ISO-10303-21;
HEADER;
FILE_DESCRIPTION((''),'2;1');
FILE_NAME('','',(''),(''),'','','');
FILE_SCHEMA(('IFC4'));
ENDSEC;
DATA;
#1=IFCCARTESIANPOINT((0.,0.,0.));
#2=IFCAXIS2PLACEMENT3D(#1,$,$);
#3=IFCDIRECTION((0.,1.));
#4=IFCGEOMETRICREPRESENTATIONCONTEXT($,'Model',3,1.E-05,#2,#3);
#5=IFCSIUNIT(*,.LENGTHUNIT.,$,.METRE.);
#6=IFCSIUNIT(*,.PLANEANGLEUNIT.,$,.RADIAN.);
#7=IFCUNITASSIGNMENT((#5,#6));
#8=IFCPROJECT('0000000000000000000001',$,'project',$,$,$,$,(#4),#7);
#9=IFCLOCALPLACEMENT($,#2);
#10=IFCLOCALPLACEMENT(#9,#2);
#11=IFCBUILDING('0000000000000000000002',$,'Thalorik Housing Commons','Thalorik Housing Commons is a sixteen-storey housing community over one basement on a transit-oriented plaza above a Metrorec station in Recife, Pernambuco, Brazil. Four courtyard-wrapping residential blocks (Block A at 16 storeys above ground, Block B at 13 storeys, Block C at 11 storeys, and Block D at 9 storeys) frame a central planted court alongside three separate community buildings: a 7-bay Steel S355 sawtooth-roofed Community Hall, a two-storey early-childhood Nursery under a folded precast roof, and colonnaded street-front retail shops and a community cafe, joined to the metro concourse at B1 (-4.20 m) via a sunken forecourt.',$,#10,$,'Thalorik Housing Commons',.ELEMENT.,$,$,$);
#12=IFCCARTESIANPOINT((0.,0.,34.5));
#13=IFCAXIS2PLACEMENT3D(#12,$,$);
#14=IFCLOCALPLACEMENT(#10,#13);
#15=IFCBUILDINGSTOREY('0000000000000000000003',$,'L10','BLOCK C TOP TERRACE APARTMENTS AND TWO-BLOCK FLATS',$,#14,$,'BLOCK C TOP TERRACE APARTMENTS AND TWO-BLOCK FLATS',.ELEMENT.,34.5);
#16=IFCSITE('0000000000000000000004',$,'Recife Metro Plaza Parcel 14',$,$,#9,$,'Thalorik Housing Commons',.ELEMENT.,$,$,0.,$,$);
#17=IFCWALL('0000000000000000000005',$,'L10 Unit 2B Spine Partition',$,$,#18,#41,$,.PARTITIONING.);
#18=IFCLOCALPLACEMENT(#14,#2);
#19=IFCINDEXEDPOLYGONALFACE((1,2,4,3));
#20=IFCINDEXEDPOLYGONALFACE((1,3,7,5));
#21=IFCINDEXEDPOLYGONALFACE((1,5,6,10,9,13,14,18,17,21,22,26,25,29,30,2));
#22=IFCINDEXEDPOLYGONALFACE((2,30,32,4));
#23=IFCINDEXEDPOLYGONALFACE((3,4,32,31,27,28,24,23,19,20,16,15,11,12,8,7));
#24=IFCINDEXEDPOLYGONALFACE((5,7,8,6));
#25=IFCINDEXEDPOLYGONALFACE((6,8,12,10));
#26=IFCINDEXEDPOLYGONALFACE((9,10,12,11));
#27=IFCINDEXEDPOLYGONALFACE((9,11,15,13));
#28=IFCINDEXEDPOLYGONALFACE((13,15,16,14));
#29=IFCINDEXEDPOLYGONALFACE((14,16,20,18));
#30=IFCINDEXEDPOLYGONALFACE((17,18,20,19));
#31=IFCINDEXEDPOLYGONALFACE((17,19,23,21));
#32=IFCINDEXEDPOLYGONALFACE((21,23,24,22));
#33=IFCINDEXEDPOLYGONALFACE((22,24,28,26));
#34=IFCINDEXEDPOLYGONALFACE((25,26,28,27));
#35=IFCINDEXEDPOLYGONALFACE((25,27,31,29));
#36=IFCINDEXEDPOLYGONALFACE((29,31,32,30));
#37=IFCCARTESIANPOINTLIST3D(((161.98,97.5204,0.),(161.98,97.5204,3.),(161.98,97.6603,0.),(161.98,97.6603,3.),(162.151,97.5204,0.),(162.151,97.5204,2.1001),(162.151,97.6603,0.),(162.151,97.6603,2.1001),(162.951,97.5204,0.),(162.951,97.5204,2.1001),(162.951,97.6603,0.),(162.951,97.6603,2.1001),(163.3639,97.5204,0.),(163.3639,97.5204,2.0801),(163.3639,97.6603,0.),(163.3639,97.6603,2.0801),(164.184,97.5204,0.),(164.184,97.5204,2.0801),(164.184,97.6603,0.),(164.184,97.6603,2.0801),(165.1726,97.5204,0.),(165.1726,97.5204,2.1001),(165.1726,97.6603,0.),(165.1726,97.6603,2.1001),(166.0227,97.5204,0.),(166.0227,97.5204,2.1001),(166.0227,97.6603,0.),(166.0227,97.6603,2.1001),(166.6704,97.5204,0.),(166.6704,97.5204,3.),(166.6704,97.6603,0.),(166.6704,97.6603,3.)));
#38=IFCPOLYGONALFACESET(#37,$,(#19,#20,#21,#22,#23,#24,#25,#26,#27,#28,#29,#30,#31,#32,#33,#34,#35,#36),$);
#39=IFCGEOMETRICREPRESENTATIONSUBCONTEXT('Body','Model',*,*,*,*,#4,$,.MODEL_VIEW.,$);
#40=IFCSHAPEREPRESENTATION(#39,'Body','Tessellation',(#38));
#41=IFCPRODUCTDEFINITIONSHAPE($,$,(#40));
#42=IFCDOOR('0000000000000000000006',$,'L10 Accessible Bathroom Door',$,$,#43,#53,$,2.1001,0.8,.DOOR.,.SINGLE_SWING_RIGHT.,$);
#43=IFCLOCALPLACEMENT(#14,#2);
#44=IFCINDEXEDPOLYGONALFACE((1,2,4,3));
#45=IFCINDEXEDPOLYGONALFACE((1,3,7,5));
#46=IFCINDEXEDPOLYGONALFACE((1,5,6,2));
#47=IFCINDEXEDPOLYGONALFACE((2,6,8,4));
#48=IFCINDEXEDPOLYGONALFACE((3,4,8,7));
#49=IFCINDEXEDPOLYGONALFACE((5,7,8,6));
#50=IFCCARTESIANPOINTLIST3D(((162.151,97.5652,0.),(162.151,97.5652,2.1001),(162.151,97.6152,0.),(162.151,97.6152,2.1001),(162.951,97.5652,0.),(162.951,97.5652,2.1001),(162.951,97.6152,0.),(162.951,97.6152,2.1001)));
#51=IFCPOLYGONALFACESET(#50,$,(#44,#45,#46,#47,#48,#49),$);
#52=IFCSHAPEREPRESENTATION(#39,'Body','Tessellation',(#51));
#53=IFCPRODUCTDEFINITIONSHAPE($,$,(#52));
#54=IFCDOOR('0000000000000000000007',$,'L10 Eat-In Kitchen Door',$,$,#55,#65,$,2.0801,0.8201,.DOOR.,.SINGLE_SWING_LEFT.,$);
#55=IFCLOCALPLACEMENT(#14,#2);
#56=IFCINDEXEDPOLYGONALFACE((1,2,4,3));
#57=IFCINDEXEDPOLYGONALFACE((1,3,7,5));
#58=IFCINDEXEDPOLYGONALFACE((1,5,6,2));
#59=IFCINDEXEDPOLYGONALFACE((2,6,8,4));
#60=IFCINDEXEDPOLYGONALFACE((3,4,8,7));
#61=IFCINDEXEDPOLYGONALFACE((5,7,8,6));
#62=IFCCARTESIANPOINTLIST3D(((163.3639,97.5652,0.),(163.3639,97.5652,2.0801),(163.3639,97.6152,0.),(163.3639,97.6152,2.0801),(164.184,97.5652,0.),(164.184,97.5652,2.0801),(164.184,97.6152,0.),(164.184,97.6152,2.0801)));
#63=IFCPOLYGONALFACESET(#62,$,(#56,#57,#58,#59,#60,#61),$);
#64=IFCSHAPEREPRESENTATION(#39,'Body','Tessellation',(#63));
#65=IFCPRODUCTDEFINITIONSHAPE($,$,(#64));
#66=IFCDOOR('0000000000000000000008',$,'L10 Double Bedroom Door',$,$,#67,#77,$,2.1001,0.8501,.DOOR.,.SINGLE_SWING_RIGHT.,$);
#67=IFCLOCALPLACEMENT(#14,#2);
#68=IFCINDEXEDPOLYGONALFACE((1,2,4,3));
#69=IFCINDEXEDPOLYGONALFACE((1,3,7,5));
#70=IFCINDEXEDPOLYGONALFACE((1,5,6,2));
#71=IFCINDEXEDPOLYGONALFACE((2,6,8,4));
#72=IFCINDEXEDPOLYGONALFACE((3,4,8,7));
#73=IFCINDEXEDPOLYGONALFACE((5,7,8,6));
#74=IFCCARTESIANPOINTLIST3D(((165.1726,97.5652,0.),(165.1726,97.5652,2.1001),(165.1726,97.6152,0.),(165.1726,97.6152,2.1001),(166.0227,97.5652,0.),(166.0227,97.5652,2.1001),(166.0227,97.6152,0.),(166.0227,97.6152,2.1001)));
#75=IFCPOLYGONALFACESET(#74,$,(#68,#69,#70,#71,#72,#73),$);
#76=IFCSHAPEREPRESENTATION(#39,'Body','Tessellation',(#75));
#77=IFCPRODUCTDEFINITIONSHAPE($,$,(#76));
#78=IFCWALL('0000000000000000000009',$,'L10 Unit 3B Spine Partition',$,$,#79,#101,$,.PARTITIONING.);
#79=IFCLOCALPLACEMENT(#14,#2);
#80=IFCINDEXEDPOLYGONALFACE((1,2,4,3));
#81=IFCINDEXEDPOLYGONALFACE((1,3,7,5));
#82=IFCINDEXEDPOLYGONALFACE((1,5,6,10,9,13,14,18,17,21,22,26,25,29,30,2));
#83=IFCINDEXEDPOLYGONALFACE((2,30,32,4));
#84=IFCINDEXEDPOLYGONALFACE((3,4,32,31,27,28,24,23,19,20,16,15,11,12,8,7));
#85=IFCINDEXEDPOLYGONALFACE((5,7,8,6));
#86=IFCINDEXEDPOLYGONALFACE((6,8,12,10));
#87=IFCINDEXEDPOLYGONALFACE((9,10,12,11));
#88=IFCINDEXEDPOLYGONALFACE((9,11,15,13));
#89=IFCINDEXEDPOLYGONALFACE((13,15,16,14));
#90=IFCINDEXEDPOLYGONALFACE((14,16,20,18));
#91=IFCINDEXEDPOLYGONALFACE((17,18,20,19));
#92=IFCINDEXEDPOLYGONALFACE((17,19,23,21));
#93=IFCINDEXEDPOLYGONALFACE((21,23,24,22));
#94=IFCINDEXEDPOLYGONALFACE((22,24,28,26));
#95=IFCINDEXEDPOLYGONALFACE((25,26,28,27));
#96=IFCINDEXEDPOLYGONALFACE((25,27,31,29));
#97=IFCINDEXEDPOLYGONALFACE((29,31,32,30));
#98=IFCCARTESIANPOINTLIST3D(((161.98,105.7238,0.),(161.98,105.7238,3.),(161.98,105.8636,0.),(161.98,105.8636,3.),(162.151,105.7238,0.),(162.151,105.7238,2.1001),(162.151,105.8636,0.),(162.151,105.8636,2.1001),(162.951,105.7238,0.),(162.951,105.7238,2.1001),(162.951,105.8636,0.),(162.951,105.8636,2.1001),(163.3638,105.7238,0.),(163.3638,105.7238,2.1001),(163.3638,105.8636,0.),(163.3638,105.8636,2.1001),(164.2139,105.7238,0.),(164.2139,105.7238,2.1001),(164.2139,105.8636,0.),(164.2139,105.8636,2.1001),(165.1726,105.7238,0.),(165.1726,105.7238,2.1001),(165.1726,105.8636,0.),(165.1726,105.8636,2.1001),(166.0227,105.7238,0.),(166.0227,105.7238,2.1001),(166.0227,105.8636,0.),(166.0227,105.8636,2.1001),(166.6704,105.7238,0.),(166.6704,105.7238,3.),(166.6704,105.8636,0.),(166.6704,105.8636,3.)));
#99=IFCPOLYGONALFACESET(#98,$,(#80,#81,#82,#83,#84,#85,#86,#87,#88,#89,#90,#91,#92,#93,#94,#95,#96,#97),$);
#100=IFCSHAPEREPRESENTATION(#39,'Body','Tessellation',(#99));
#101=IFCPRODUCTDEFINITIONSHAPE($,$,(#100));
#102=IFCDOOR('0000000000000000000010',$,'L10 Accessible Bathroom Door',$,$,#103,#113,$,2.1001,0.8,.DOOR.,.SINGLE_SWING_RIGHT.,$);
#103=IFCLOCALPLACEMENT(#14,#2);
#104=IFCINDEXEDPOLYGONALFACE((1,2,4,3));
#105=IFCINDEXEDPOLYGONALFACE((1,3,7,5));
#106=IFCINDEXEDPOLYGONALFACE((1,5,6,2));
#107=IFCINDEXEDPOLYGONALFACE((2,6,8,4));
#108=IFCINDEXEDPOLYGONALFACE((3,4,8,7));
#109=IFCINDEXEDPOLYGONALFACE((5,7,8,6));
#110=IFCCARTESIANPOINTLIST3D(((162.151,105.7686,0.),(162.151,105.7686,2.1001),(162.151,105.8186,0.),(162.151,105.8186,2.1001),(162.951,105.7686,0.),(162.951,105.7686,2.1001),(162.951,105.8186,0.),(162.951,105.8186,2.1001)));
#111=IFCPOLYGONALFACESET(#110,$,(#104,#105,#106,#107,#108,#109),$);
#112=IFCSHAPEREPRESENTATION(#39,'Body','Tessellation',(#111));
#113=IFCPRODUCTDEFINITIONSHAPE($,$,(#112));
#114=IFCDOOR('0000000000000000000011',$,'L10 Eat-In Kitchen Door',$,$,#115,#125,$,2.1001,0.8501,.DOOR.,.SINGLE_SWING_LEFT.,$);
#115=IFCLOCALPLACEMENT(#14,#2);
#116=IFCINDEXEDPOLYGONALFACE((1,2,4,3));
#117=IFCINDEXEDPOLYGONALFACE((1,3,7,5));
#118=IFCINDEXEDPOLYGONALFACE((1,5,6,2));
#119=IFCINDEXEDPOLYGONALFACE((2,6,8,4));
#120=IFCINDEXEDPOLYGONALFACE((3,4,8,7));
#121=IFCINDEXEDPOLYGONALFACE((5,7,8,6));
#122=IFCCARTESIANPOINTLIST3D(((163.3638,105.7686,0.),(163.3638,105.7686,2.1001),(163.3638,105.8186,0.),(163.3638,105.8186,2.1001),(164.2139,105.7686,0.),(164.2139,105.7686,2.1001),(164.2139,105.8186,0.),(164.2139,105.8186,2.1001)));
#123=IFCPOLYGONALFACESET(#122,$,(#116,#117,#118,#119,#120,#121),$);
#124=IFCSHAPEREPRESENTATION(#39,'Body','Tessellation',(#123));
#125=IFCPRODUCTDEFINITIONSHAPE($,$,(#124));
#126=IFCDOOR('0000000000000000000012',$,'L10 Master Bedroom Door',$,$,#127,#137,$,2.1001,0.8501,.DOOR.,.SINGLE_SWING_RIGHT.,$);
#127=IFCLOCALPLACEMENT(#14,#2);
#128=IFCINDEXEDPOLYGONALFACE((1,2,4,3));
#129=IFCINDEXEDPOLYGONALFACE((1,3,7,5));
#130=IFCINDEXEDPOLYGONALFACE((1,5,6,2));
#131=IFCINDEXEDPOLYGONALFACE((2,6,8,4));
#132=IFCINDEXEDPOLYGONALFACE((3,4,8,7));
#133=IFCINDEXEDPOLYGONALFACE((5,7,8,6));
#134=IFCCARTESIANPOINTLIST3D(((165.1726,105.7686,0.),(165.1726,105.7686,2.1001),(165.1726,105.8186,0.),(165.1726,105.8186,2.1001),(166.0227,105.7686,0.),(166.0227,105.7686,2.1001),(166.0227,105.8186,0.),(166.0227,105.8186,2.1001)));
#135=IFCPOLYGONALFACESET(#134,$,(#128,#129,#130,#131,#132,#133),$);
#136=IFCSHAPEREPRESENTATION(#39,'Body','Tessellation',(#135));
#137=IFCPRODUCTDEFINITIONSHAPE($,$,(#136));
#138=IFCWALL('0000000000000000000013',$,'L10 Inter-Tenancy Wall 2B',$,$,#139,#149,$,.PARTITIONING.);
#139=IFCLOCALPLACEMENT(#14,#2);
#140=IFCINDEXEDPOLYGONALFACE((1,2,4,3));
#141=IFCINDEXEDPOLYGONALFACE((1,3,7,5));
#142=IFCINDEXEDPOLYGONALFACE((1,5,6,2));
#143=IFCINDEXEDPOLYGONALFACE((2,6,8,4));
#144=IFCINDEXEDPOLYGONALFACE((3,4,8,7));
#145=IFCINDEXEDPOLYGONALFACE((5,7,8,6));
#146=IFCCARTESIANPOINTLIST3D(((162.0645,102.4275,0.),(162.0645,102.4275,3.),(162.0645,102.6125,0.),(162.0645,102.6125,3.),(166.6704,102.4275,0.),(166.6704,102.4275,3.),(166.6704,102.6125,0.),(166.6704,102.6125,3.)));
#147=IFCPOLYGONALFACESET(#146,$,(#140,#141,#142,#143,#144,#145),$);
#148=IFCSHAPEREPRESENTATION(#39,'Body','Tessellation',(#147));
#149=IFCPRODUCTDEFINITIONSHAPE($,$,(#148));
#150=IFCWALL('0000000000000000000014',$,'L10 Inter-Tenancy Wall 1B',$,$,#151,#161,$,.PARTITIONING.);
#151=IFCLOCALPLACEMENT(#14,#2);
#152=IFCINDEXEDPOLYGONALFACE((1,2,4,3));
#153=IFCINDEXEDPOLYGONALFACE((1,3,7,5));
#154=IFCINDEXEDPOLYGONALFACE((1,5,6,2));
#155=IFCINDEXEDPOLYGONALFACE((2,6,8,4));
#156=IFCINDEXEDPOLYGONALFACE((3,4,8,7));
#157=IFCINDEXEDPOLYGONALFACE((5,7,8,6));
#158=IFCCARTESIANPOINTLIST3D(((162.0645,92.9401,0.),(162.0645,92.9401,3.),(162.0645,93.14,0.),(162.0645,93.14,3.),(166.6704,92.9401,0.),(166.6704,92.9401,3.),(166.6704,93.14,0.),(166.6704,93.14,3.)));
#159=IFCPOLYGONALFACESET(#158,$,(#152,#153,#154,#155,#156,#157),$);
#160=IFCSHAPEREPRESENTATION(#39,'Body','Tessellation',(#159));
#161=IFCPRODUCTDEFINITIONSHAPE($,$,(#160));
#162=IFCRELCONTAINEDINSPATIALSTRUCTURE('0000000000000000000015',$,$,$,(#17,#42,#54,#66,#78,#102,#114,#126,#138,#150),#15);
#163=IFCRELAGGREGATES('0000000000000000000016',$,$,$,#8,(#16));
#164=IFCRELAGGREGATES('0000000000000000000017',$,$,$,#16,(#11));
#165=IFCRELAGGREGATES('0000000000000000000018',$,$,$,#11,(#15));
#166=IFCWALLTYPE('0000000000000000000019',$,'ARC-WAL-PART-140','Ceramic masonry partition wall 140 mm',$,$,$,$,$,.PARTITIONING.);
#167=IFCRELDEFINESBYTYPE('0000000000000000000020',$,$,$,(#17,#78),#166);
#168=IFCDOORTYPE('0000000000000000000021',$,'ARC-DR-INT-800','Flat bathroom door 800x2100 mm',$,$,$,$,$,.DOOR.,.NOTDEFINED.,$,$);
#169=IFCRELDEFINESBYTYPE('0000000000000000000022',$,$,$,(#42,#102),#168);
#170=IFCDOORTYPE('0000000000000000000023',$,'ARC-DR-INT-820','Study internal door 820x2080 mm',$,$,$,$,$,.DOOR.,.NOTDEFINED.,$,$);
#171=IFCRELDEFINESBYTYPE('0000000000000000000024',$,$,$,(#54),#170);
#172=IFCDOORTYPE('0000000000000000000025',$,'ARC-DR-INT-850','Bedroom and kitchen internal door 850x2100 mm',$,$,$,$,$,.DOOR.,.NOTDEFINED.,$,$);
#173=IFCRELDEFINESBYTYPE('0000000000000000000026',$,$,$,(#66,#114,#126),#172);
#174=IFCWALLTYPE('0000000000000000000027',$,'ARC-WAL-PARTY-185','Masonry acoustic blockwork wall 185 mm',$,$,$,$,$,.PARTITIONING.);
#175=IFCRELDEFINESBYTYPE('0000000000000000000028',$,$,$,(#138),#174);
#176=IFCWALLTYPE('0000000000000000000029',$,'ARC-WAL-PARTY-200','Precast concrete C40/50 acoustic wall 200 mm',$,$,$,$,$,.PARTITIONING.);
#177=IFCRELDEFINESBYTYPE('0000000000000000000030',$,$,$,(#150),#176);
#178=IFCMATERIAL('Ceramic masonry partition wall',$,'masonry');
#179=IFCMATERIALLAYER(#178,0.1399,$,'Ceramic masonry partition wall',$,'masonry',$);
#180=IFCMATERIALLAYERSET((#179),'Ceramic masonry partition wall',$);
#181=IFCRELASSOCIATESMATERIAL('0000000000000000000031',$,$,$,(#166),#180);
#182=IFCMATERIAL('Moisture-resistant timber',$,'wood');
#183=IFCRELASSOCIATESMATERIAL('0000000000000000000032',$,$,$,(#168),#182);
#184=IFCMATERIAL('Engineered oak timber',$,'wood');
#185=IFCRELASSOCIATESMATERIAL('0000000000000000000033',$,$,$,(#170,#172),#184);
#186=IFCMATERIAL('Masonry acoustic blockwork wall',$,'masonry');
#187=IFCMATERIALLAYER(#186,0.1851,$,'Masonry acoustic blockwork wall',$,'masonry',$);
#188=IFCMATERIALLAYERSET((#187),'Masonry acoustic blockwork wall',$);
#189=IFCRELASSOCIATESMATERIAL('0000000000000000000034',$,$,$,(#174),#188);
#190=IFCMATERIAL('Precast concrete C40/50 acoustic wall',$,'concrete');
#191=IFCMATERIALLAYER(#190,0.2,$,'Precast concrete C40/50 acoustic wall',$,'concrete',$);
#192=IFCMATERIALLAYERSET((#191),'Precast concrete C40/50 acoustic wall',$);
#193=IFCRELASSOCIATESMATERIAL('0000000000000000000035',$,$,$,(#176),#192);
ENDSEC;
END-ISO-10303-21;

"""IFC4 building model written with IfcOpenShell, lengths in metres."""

from ifc_helpers import new_model, si_unit, direction, frame, frame_2d, origin, place, context, subcontext, project, spatial, rectangle, extrude, material, layer, layer_set, type_object, element, fill, save


model = new_model("IFC4")

# Units and contexts
model_context = context("Model", 3, precision=1e-05, world=origin(), true_north=direction((0.0, 1.0)))
body_context = subcontext(model_context, "Body", "Model", "MODEL_VIEW")
ifc_project = project(units=[si_unit("LENGTHUNIT", "METRE"), si_unit("PLANEANGLEUNIT", "RADIAN")], contexts=[model_context])

# Site, building, storey
site_placement = place(None, origin())
site = spatial("IfcSite", under=ifc_project, at=site_placement, Name="Recife Metro Plaza Parcel 14", LongName="Thalorik Housing Commons", CompositionType="ELEMENT", RefElevation=0.0)
building_placement = place(site_placement, origin())
building = spatial("IfcBuilding", under=site, at=building_placement, Name="Thalorik Housing Commons", Description="Thalorik Housing Commons is a sixteen-storey housing community over one basement on a transit-oriented plaza above a Metrorec station in Recife, Pernambuco, Brazil. Four courtyard-wrapping residential blocks (Block A at 16 storeys above ground, Block B at 13 storeys, Block C at 11 storeys, and Block D at 9 storeys) frame a central planted court alongside three separate community buildings: a 7-bay Steel S355 sawtooth-roofed Community Hall, a two-storey early-childhood Nursery under a folded precast roof, and colonnaded street-front retail shops and a community cafe, joined to the metro concourse at B1 (-4.20 m) via a sunken forecourt.", LongName="Thalorik Housing Commons", CompositionType="ELEMENT")
storey_placement = place(building_placement, frame((0.0, 0.0, 34.5)))
storey = spatial("IfcBuildingStorey", under=building, at=storey_placement, Name="L10", Description="BLOCK C TOP TERRACE APARTMENTS AND TWO-BLOCK FLATS", LongName="BLOCK C TOP TERRACE APARTMENTS AND TWO-BLOCK FLATS", CompositionType="ELEMENT", Elevation=34.5)

# Walls, openings, doors
ifc_material_1 = material(Name="Ceramic masonry partition wall", Category="masonry")
ifc_layer_1 = layer(ifc_material_1, 0.1399, Name="Ceramic masonry partition wall", Category="masonry")
ifc_layer_set_1 = layer_set([ifc_layer_1], Name="Ceramic masonry partition wall")
wall_type_1 = type_object("IfcWallType", Name="ARC-WAL-PART-140", Description="Ceramic masonry partition wall 140 mm", PredefinedType="PARTITIONING", material=ifc_layer_set_1)
wall_1_placement = place(storey_placement, frame((161.98, 97.5903, 0.0), z_axis=(0.0, 0.0, 1.0), x_axis=(1.0, 0.0, 0.0)))
wall_1 = element("IfcWall", 1, at=wall_1_placement, inside=storey, type_object=wall_type_1, Name="L10 Unit 2B Spine Partition", PredefinedType="PARTITIONING", context=body_context, shape_type="SweptSolid", body=[
    extrude(rectangle(XDim=4.6904, YDim=0.1399, at=frame_2d((2.3452, 0.0))), origin(), (0.0, 0.0, 1.0), 3.0),
])
opening_1_placement = place(wall_1_placement, frame((0.1711, 0.0, 0.0)))
opening_1 = element("IfcOpeningElement", 2, at=opening_1_placement, cuts=wall_1, PredefinedType="OPENING", context=body_context, shape_type="SweptSolid", body=[
    extrude(rectangle(XDim=0.8, YDim=2.1001, at=frame_2d((0.3999, 1.05))), frame((0.0, 0.0801, 0.0), z_axis=(0.0, -1.0, 0.0), x_axis=(1.0, 0.0, 0.0)), (0.0, 0.0, 1.0), 0.1599),
])
opening_2_placement = place(wall_1_placement, frame((1.3838, 0.0, 0.0)))
opening_2 = element("IfcOpeningElement", 3, at=opening_2_placement, cuts=wall_1, PredefinedType="OPENING", context=body_context, shape_type="SweptSolid", body=[
    extrude(rectangle(XDim=0.8201, YDim=2.0801, at=frame_2d((0.4102, 1.04))), frame((0.0, 0.0801, 0.0), z_axis=(0.0, -1.0, 0.0), x_axis=(1.0, 0.0, 0.0)), (0.0, 0.0, 1.0), 0.1599),
])
opening_3_placement = place(wall_1_placement, frame((3.1926, 0.0, 0.0)))
opening_3 = element("IfcOpeningElement", 4, at=opening_3_placement, cuts=wall_1, PredefinedType="OPENING", context=body_context, shape_type="SweptSolid", body=[
    extrude(rectangle(XDim=0.8501, YDim=2.1001, at=frame_2d((0.425, 1.05))), frame((0.0, 0.0801, 0.0), z_axis=(0.0, -1.0, 0.0), x_axis=(1.0, 0.0, 0.0)), (0.0, 0.0, 1.0), 0.1599),
])
ifc_material_2 = material(Name="Moisture-resistant timber", Category="wood")
door_type_1 = type_object("IfcDoorType", Name="ARC-DR-INT-800", Description="Flat bathroom door 800x2100 mm", OperationType="NOTDEFINED", PredefinedType="DOOR", material=ifc_material_2)
door_1_placement = place(opening_1_placement, origin())
door_1 = element("IfcDoor", 5, at=door_1_placement, inside=storey, type_object=door_type_1, Name="L10 Accessible Bathroom Door", OperationType="SINGLE_SWING_RIGHT", OverallHeight=2.1001, OverallWidth=0.8, PredefinedType="DOOR", context=body_context, shape_type="SweptSolid", body=[
    extrude(rectangle(XDim=0.8, YDim=2.1001, at=frame_2d((0.3999, 1.05))), frame((0.0, 0.0249, 0.0), z_axis=(0.0, -1.0, 0.0), x_axis=(1.0, 0.0, 0.0)), (0.0, 0.0, 1.0), 0.05),
])
fill(opening_1, door_1)
ifc_material_3 = material(Name="Engineered oak timber", Category="wood")
door_type_2 = type_object("IfcDoorType", Name="ARC-DR-INT-820", Description="Study internal door 820x2080 mm", OperationType="NOTDEFINED", PredefinedType="DOOR", material=ifc_material_3)
door_2_placement = place(opening_2_placement, origin())
door_2 = element("IfcDoor", 6, at=door_2_placement, inside=storey, type_object=door_type_2, Name="L10 Eat-In Kitchen Door", OperationType="SINGLE_SWING_LEFT", OverallHeight=2.0801, OverallWidth=0.8201, PredefinedType="DOOR", context=body_context, shape_type="SweptSolid", body=[
    extrude(rectangle(XDim=0.8201, YDim=2.0801, at=frame_2d((0.4102, 1.04))), frame((0.0, 0.0249, 0.0), z_axis=(0.0, -1.0, 0.0), x_axis=(1.0, 0.0, 0.0)), (0.0, 0.0, 1.0), 0.05),
])
fill(opening_2, door_2)
door_type_3 = type_object("IfcDoorType", Name="ARC-DR-INT-850", Description="Bedroom and kitchen internal door 850x2100 mm", OperationType="NOTDEFINED", PredefinedType="DOOR", material=ifc_material_3)
door_3_placement = place(opening_3_placement, origin())
door_3 = element("IfcDoor", 7, at=door_3_placement, inside=storey, type_object=door_type_3, Name="L10 Double Bedroom Door", OperationType="SINGLE_SWING_RIGHT", OverallHeight=2.1001, OverallWidth=0.8501, PredefinedType="DOOR", context=body_context, shape_type="SweptSolid", body=[
    extrude(rectangle(XDim=0.8501, YDim=2.1001, at=frame_2d((0.425, 1.05))), frame((0.0, 0.0249, 0.0), z_axis=(0.0, -1.0, 0.0), x_axis=(1.0, 0.0, 0.0)), (0.0, 0.0, 1.0), 0.05),
])
fill(opening_3, door_3)
wall_2_placement = place(storey_placement, frame((161.98, 105.7937, 0.0), z_axis=(0.0, 0.0, 1.0), x_axis=(1.0, 0.0, 0.0)))
wall_2 = element("IfcWall", 8, at=wall_2_placement, inside=storey, type_object=wall_type_1, Name="L10 Unit 3B Spine Partition", PredefinedType="PARTITIONING", context=body_context, shape_type="SweptSolid", body=[
    extrude(rectangle(XDim=4.6904, YDim=0.1399, at=frame_2d((2.3452, 0.0))), origin(), (0.0, 0.0, 1.0), 3.0),
])
opening_4_placement = place(wall_2_placement, frame((0.1711, 0.0, 0.0)))
opening_4 = element("IfcOpeningElement", 9, at=opening_4_placement, cuts=wall_2, PredefinedType="OPENING", context=body_context, shape_type="SweptSolid", body=[
    extrude(rectangle(XDim=0.8, YDim=2.1001, at=frame_2d((0.3999, 1.05))), frame((0.0, 0.0801, 0.0), z_axis=(0.0, -1.0, 0.0), x_axis=(1.0, 0.0, 0.0)), (0.0, 0.0, 1.0), 0.1599),
])
opening_5_placement = place(wall_2_placement, frame((1.3838, 0.0, 0.0)))
opening_5 = element("IfcOpeningElement", 10, at=opening_5_placement, cuts=wall_2, PredefinedType="OPENING", context=body_context, shape_type="SweptSolid", body=[
    extrude(rectangle(XDim=0.8501, YDim=2.1001, at=frame_2d((0.425, 1.05))), frame((0.0, 0.0801, 0.0), z_axis=(0.0, -1.0, 0.0), x_axis=(1.0, 0.0, 0.0)), (0.0, 0.0, 1.0), 0.1599),
])
opening_6_placement = place(wall_2_placement, frame((3.1926, 0.0, 0.0)))
opening_6 = element("IfcOpeningElement", 11, at=opening_6_placement, cuts=wall_2, PredefinedType="OPENING", context=body_context, shape_type="SweptSolid", body=[
    extrude(rectangle(XDim=0.8501, YDim=2.1001, at=frame_2d((0.425, 1.05))), frame((0.0, 0.0801, 0.0), z_axis=(0.0, -1.0, 0.0), x_axis=(1.0, 0.0, 0.0)), (0.0, 0.0, 1.0), 0.1599),
])
door_4_placement = place(opening_4_placement, origin())
door_4 = element("IfcDoor", 12, at=door_4_placement, inside=storey, type_object=door_type_1, Name="L10 Accessible Bathroom Door", OperationType="SINGLE_SWING_RIGHT", OverallHeight=2.1001, OverallWidth=0.8, PredefinedType="DOOR", context=body_context, shape_type="SweptSolid", body=[
    extrude(rectangle(XDim=0.8, YDim=2.1001, at=frame_2d((0.3999, 1.05))), frame((0.0, 0.0249, 0.0), z_axis=(0.0, -1.0, 0.0), x_axis=(1.0, 0.0, 0.0)), (0.0, 0.0, 1.0), 0.05),
])
fill(opening_4, door_4)
door_5_placement = place(opening_5_placement, origin())
door_5 = element("IfcDoor", 13, at=door_5_placement, inside=storey, type_object=door_type_3, Name="L10 Eat-In Kitchen Door", OperationType="SINGLE_SWING_LEFT", OverallHeight=2.1001, OverallWidth=0.8501, PredefinedType="DOOR", context=body_context, shape_type="SweptSolid", body=[
    extrude(rectangle(XDim=0.8501, YDim=2.1001, at=frame_2d((0.425, 1.05))), frame((0.0, 0.0249, 0.0), z_axis=(0.0, -1.0, 0.0), x_axis=(1.0, 0.0, 0.0)), (0.0, 0.0, 1.0), 0.05),
])
fill(opening_5, door_5)
door_6_placement = place(opening_6_placement, origin())
door_6 = element("IfcDoor", 14, at=door_6_placement, inside=storey, type_object=door_type_3, Name="L10 Master Bedroom Door", OperationType="SINGLE_SWING_RIGHT", OverallHeight=2.1001, OverallWidth=0.8501, PredefinedType="DOOR", context=body_context, shape_type="SweptSolid", body=[
    extrude(rectangle(XDim=0.8501, YDim=2.1001, at=frame_2d((0.425, 1.05))), frame((0.0, 0.0249, 0.0), z_axis=(0.0, -1.0, 0.0), x_axis=(1.0, 0.0, 0.0)), (0.0, 0.0, 1.0), 0.05),
])
fill(opening_6, door_6)

# Walls
ifc_material_4 = material(Name="Masonry acoustic blockwork wall", Category="masonry")
ifc_layer_2 = layer(ifc_material_4, 0.1851, Name="Masonry acoustic blockwork wall", Category="masonry")
ifc_layer_set_2 = layer_set([ifc_layer_2], Name="Masonry acoustic blockwork wall")
wall_type_2 = type_object("IfcWallType", Name="ARC-WAL-PARTY-185", Description="Masonry acoustic blockwork wall 185 mm", PredefinedType="PARTITIONING", material=ifc_layer_set_2)
wall_3_placement = place(storey_placement, frame((162.0645, 102.52, 0.0), z_axis=(0.0, 0.0, 1.0), x_axis=(1.0, 0.0, 0.0)))
element("IfcWall", 15, at=wall_3_placement, inside=storey, type_object=wall_type_2, Name="L10 Inter-Tenancy Wall 2B", PredefinedType="PARTITIONING", context=body_context, shape_type="SweptSolid", body=[
    extrude(rectangle(XDim=4.606, YDim=0.1851, at=frame_2d((2.303, 0.0))), origin(), (0.0, 0.0, 1.0), 3.0),
])
ifc_material_5 = material(Name="Precast concrete C40/50 acoustic wall", Category="concrete")
ifc_layer_3 = layer(ifc_material_5, 0.2, Name="Precast concrete C40/50 acoustic wall", Category="concrete")
ifc_layer_set_3 = layer_set([ifc_layer_3], Name="Precast concrete C40/50 acoustic wall")
wall_type_3 = type_object("IfcWallType", Name="ARC-WAL-PARTY-200", Description="Precast concrete C40/50 acoustic wall 200 mm", PredefinedType="PARTITIONING", material=ifc_layer_set_3)
wall_4_placement = place(storey_placement, frame((162.0645, 93.04, 0.0), z_axis=(0.0, 0.0, 1.0), x_axis=(1.0, 0.0, 0.0)))
element("IfcWall", 16, at=wall_4_placement, inside=storey, type_object=wall_type_3, Name="L10 Inter-Tenancy Wall 1B", PredefinedType="PARTITIONING", context=body_context, shape_type="SweptSolid", body=[
    extrude(rectangle(XDim=4.606, YDim=0.2, at=frame_2d((2.303, 0.0))), origin(), (0.0, 0.0, 1.0), 3.0),
])

save(model, "model.ifc")
